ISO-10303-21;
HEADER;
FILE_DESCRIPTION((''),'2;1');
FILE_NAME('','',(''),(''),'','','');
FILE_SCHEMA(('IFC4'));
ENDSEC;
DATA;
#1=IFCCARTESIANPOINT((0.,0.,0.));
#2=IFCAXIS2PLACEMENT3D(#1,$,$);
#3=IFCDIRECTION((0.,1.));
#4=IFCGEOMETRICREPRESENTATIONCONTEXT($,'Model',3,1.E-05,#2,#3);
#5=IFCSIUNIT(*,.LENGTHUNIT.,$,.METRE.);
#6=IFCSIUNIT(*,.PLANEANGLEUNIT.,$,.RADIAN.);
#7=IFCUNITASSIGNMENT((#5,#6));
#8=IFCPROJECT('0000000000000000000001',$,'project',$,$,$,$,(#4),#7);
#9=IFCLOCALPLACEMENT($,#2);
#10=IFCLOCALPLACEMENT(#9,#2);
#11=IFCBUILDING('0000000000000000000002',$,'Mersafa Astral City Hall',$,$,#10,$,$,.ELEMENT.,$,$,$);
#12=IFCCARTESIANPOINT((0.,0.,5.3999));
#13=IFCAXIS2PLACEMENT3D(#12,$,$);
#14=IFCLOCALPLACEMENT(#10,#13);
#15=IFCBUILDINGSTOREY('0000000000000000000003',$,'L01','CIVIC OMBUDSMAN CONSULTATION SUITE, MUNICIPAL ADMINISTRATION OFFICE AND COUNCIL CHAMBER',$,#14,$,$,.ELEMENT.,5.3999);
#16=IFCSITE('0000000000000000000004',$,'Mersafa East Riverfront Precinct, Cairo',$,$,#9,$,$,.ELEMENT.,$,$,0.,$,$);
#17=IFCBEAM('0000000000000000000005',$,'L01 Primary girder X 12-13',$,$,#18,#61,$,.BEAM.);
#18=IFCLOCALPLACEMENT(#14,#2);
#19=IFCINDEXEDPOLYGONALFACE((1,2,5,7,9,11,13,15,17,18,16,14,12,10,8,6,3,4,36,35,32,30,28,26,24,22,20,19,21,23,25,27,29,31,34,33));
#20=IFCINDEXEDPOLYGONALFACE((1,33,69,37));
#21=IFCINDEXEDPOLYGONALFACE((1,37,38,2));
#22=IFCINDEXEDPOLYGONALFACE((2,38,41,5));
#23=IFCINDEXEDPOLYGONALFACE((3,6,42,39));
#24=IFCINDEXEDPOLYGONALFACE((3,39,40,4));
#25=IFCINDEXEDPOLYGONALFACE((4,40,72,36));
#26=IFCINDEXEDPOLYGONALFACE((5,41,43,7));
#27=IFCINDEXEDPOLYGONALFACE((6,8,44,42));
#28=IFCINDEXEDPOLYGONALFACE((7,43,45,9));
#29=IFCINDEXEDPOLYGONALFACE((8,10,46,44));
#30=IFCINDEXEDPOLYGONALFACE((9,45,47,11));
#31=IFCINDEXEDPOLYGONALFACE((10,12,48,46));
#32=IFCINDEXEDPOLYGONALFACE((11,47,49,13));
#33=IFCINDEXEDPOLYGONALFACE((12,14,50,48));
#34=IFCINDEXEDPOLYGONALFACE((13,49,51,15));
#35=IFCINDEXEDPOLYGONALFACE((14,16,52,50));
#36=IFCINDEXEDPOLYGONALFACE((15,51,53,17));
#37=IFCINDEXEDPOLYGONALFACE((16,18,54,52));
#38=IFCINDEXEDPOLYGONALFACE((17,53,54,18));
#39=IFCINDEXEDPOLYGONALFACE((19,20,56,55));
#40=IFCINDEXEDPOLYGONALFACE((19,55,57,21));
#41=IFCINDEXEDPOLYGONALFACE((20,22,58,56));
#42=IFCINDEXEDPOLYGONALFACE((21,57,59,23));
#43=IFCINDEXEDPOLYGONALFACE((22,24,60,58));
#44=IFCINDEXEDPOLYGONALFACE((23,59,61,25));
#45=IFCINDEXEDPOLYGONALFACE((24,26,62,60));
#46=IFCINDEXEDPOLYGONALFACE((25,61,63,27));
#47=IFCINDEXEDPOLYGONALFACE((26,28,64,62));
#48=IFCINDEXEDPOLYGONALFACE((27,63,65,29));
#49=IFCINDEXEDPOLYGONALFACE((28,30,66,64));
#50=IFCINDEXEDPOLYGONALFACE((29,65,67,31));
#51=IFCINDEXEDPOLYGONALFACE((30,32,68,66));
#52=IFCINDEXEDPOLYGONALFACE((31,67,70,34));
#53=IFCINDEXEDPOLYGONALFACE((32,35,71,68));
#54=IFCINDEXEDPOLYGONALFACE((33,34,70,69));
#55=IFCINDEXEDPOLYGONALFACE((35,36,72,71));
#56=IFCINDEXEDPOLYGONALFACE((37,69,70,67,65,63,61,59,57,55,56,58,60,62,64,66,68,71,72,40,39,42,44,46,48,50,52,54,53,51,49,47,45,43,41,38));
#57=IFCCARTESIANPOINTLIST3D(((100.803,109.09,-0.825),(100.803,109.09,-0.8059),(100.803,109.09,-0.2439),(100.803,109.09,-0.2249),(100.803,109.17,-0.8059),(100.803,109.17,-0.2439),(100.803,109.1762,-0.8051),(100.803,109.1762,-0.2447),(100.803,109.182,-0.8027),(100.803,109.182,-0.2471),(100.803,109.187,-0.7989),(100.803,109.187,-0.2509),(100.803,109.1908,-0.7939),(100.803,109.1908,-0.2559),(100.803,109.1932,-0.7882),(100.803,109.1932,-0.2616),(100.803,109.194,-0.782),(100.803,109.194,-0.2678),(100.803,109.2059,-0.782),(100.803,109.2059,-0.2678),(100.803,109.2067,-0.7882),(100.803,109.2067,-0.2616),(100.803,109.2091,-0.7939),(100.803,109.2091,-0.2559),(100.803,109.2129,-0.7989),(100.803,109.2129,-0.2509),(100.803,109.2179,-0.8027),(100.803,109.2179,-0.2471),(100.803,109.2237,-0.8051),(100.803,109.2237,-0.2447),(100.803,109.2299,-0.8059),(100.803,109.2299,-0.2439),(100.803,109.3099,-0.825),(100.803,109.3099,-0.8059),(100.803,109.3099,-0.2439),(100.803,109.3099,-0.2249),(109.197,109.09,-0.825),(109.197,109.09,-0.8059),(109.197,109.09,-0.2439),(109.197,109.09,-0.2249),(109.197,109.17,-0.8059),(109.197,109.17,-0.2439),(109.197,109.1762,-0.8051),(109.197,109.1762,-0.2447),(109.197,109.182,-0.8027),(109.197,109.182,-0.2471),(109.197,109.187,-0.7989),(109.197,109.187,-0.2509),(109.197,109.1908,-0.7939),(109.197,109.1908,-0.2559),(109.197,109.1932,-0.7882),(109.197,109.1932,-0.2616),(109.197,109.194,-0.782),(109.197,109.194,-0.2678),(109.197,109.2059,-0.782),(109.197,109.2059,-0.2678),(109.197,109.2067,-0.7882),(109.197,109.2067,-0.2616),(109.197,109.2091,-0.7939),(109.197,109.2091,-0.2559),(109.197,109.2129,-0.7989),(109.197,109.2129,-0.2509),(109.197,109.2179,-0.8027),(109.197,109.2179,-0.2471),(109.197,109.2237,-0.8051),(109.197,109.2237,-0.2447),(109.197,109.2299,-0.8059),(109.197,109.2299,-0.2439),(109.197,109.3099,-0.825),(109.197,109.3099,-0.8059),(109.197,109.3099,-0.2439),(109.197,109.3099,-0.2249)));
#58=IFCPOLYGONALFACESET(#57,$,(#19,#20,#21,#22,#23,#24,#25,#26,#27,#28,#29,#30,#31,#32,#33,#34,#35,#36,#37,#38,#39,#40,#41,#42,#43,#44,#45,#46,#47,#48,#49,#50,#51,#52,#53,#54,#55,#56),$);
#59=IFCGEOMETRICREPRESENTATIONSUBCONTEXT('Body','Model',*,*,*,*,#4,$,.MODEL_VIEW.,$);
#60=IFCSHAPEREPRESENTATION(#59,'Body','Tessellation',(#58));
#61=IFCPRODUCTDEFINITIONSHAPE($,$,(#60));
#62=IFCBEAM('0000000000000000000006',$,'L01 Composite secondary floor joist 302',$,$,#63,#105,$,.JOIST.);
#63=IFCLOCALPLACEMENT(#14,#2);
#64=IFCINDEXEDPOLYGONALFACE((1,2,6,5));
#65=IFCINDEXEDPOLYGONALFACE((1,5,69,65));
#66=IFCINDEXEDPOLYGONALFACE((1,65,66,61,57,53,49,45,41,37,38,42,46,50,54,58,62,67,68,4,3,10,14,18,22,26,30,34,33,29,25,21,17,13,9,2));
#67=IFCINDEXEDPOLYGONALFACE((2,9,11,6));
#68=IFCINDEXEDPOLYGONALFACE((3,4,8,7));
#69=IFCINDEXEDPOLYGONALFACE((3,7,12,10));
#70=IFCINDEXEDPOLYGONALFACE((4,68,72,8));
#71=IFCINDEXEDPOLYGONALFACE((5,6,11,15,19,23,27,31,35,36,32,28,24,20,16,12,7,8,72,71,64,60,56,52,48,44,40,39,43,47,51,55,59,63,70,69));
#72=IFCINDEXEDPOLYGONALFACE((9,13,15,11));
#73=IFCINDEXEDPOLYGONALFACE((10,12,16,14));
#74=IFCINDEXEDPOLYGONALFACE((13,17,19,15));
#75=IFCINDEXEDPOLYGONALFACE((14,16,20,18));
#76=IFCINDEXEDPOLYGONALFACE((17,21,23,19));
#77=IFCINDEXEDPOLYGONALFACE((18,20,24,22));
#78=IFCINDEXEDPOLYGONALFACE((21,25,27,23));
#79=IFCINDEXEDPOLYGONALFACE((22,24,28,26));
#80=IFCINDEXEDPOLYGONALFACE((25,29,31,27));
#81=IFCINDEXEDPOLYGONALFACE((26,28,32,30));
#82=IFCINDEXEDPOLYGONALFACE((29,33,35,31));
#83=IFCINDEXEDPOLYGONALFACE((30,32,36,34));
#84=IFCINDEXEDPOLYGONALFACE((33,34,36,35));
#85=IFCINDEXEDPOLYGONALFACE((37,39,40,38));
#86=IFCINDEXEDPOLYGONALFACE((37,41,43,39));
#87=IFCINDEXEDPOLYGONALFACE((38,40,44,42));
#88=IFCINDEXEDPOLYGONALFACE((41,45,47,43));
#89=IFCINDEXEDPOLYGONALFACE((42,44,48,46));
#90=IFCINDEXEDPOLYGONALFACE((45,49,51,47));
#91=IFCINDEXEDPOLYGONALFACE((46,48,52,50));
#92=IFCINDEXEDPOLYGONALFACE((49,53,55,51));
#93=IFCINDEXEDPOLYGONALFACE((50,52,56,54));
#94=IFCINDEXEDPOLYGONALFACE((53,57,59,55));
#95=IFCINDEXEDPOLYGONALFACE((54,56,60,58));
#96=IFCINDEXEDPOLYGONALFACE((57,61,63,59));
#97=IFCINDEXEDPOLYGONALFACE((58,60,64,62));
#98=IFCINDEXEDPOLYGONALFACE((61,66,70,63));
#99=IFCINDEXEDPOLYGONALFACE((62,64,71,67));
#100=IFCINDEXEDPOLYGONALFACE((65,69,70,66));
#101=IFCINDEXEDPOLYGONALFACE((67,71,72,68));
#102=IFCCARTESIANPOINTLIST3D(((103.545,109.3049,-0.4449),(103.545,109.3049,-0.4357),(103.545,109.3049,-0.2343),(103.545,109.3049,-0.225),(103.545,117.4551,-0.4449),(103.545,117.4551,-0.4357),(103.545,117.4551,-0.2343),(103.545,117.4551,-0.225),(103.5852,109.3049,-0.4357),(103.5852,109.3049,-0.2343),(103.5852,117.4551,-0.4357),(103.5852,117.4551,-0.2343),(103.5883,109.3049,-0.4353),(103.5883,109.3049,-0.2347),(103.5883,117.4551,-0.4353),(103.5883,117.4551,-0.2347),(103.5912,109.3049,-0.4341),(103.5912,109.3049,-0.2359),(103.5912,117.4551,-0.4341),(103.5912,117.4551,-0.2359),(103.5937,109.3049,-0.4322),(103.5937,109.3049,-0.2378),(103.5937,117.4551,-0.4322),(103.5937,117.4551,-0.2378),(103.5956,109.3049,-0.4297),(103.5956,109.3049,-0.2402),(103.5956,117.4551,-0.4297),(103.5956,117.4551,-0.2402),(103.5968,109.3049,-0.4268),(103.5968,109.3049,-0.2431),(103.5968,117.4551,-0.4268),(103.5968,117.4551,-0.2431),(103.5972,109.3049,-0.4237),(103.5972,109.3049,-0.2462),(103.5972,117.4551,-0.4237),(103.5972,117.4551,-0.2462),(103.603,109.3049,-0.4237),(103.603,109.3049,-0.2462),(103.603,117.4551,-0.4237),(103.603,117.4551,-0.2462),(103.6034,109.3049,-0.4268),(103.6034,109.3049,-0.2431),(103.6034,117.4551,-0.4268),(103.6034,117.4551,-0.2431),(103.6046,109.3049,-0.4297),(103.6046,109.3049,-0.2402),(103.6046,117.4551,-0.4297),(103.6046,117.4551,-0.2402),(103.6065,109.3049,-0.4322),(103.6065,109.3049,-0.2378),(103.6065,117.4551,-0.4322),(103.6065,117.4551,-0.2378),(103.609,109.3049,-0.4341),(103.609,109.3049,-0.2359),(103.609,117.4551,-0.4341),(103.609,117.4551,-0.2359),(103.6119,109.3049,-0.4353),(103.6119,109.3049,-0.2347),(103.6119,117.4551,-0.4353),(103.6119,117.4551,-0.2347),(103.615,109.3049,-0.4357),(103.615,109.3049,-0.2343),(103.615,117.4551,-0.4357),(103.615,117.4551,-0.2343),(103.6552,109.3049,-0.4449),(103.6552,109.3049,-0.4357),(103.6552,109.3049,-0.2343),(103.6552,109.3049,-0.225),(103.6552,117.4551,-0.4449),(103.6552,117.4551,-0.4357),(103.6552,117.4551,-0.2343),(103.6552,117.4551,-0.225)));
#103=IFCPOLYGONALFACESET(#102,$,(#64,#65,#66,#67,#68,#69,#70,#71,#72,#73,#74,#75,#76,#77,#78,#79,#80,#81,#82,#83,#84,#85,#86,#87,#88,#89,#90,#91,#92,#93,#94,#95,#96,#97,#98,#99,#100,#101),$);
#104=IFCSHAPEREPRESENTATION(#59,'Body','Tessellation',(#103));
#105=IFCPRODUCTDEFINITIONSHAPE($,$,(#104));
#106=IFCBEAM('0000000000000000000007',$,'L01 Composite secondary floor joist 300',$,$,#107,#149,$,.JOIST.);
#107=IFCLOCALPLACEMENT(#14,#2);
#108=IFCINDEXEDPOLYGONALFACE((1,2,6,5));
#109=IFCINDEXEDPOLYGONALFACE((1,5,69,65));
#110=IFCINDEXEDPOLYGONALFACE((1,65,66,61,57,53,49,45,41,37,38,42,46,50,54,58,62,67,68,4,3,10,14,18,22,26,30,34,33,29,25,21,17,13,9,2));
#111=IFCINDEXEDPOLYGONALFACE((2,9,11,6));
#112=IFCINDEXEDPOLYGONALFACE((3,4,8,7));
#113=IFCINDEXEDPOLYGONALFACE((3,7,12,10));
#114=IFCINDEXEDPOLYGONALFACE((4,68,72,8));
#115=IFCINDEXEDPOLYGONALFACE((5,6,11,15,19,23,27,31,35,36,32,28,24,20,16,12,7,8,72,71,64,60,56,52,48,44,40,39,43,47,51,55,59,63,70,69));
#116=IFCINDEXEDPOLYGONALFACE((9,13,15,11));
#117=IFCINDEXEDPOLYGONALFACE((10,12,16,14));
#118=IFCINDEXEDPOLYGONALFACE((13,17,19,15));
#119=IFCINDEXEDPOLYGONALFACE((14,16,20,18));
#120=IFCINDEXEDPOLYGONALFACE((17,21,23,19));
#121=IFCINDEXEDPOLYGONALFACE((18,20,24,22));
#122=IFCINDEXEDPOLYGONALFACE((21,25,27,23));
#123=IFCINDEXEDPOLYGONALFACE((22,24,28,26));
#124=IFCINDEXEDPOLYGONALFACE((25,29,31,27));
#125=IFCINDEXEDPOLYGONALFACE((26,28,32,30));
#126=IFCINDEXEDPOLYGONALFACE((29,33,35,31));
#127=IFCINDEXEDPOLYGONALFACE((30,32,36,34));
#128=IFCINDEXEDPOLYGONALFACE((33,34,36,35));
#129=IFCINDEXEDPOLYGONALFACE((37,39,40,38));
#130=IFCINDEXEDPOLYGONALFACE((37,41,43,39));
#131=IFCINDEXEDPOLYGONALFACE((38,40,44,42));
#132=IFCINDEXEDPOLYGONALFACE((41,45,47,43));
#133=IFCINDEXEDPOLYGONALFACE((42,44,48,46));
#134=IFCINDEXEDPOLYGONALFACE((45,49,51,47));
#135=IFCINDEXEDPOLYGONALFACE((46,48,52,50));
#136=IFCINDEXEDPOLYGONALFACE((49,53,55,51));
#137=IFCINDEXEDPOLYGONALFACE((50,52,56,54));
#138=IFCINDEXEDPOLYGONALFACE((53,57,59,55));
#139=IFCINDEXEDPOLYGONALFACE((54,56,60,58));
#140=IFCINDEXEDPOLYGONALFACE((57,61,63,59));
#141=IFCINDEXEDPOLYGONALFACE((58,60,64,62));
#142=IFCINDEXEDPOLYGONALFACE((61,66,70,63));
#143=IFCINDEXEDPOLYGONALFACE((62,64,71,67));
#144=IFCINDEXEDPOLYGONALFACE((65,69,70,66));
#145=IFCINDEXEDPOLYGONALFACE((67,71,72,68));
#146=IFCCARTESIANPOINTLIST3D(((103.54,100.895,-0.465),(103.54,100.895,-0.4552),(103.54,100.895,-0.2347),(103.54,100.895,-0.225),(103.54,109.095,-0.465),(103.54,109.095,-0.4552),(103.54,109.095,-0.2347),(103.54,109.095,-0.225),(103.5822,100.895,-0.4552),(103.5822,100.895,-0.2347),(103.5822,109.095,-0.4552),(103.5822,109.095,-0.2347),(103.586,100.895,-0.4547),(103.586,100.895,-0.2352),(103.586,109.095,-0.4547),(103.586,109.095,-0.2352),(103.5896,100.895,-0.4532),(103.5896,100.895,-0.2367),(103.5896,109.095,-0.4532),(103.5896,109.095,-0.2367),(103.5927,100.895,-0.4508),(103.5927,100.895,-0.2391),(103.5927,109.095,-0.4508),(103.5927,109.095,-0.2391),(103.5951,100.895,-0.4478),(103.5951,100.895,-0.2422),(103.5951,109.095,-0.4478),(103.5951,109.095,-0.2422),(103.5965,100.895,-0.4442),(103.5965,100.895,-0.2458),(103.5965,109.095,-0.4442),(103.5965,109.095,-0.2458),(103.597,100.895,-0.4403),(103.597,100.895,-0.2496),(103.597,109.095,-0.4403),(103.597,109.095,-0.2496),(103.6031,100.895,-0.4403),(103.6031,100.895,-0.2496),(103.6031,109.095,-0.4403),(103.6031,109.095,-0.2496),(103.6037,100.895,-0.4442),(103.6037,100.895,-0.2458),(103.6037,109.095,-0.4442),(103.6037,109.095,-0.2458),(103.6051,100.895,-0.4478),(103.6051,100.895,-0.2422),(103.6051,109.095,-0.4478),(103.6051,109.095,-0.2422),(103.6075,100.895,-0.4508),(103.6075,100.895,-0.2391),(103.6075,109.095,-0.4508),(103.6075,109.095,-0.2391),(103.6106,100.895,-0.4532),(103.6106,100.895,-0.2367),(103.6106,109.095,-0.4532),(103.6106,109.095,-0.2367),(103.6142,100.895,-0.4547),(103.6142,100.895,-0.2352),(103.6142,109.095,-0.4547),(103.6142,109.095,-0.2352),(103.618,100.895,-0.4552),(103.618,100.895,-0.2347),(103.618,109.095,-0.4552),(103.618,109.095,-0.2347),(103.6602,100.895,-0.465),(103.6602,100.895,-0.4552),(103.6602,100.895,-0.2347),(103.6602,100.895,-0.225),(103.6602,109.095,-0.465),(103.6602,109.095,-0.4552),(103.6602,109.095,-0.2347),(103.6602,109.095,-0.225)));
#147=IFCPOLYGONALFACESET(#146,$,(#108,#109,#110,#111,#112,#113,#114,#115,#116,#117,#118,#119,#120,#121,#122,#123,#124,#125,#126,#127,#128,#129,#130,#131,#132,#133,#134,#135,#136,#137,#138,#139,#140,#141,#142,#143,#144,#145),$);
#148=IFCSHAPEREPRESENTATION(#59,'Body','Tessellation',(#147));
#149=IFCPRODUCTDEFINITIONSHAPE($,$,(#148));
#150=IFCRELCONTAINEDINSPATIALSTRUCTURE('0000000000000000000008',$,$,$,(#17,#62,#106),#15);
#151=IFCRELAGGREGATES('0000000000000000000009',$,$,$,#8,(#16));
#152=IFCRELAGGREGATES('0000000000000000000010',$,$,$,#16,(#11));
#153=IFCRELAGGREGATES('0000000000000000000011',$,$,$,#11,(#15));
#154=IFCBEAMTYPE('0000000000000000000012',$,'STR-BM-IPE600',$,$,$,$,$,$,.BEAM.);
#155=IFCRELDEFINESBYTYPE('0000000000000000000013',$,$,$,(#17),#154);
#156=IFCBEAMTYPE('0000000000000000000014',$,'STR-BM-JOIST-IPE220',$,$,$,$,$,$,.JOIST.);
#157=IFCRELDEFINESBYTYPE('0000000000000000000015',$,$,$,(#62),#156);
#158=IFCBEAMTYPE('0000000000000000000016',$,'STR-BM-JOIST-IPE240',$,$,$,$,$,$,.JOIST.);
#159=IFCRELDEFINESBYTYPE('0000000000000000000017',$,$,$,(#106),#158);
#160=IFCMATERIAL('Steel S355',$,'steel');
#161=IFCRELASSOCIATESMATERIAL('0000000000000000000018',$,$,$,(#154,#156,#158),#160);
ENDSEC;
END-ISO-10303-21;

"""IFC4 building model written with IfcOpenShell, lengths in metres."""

from ifc_helpers import new_model, si_unit, direction, frame, origin, origin_2d, place, context, subcontext, project, spatial, i_section, extrude, material, material_profile, profile_set, type_object, element, save


model = new_model("IFC4")

# Units and contexts
model_context = context("Model", 3, precision=1e-05, world=origin(), true_north=direction((0.0, 1.0)))
body_context = subcontext(model_context, "Body", "Model", "MODEL_VIEW")
ifc_project = project(units=[si_unit("LENGTHUNIT", "METRE"), si_unit("PLANEANGLEUNIT", "RADIAN")], contexts=[model_context])

# Site, building, storey
site_placement = place(None, origin())
site = spatial("IfcSite", under=ifc_project, at=site_placement, Name="Mersafa East Riverfront Precinct, Cairo", CompositionType="ELEMENT", RefElevation=0.0)
building_placement = place(site_placement, origin())
building = spatial("IfcBuilding", under=site, at=building_placement, Name="Mersafa Astral City Hall", CompositionType="ELEMENT")
storey_placement = place(building_placement, frame((0.0, 0.0, 5.3999)))
storey = spatial("IfcBuildingStorey", under=building, at=storey_placement, Name="L01", Description="CIVIC OMBUDSMAN CONSULTATION SUITE, MUNICIPAL ADMINISTRATION OFFICE AND COUNCIL CHAMBER", CompositionType="ELEMENT", Elevation=5.3999)

# Shared definitions
ifc_material_1 = material(Name="Steel S355", Category="steel")

# Beams
ifc_material_profile_1 = material_profile(ifc_material_1, i_section(OverallWidth=0.22, OverallDepth=0.6001, WebThickness=0.012, FlangeThickness=0.019, FilletRadius=0.0239, at=origin_2d()), Name="IPE 600")
ifc_profile_set_1 = profile_set([ifc_material_profile_1], Name="Steel S355")
beam_type_1 = type_object("IfcBeamType", Name="STR-BM-IPE600", PredefinedType="BEAM", material=ifc_profile_set_1)
beam_1_placement = place(storey_placement, frame((100.803, 109.2, -0.5249), z_axis=(1.0, 0.0, 0.0), x_axis=(0.0, 1.0, 0.0)))
element("IfcBeam", 1, at=beam_1_placement, inside=storey, type_object=beam_type_1, Name="L01 Primary girder X 12-13", PredefinedType="BEAM", context=body_context, shape_type="SweptSolid", body=[
    extrude(i_section(OverallWidth=0.22, OverallDepth=0.6001, WebThickness=0.012, FlangeThickness=0.019, FilletRadius=0.0239, at=origin_2d()), origin(), (0.0, 0.0, 1.0), 8.394),
])
ifc_material_profile_2 = material_profile(ifc_material_1, i_section(OverallWidth=0.1101, OverallDepth=0.22, WebThickness=0.0059, FlangeThickness=0.0093, FilletRadius=0.012, at=origin_2d()), Name="IPE 220")
ifc_profile_set_2 = profile_set([ifc_material_profile_2], Name="Steel S355")
beam_type_2 = type_object("IfcBeamType", Name="STR-BM-JOIST-IPE220", PredefinedType="JOIST", material=ifc_profile_set_2)
beam_2_placement = place(storey_placement, frame((103.6001, 109.3049, -0.335), z_axis=(0.0, 1.0, 0.0), x_axis=(-1.0, 0.0, 0.0)))
element("IfcBeam", 2, at=beam_2_placement, inside=storey, type_object=beam_type_2, Name="L01 Composite secondary floor joist 302", PredefinedType="JOIST", context=body_context, shape_type="SweptSolid", body=[
    extrude(i_section(OverallWidth=0.1101, OverallDepth=0.22, WebThickness=0.0059, FlangeThickness=0.0093, FilletRadius=0.012, at=origin_2d()), origin(), (0.0, 0.0, 1.0), 8.1501),
])
ifc_material_profile_3 = material_profile(ifc_material_1, i_section(OverallWidth=0.1201, OverallDepth=0.24, WebThickness=0.0061, FlangeThickness=0.0098, FilletRadius=0.0149, at=origin_2d()), Name="IPE 240")
ifc_profile_set_3 = profile_set([ifc_material_profile_3], Name="Steel S355")
beam_type_3 = type_object("IfcBeamType", Name="STR-BM-JOIST-IPE240", PredefinedType="JOIST", material=ifc_profile_set_3)
beam_3_placement = place(storey_placement, frame((103.6001, 100.895, -0.345), z_axis=(0.0, 1.0, 0.0), x_axis=(-1.0, 0.0, 0.0)))
element("IfcBeam", 3, at=beam_3_placement, inside=storey, type_object=beam_type_3, Name="L01 Composite secondary floor joist 300", PredefinedType="JOIST", context=body_context, shape_type="SweptSolid", body=[
    extrude(i_section(OverallWidth=0.1201, OverallDepth=0.24, WebThickness=0.0061, FlangeThickness=0.0098, FilletRadius=0.0149, at=origin_2d()), origin(), (0.0, 0.0, 1.0), 8.2),
])

save(model, "model.ifc")
